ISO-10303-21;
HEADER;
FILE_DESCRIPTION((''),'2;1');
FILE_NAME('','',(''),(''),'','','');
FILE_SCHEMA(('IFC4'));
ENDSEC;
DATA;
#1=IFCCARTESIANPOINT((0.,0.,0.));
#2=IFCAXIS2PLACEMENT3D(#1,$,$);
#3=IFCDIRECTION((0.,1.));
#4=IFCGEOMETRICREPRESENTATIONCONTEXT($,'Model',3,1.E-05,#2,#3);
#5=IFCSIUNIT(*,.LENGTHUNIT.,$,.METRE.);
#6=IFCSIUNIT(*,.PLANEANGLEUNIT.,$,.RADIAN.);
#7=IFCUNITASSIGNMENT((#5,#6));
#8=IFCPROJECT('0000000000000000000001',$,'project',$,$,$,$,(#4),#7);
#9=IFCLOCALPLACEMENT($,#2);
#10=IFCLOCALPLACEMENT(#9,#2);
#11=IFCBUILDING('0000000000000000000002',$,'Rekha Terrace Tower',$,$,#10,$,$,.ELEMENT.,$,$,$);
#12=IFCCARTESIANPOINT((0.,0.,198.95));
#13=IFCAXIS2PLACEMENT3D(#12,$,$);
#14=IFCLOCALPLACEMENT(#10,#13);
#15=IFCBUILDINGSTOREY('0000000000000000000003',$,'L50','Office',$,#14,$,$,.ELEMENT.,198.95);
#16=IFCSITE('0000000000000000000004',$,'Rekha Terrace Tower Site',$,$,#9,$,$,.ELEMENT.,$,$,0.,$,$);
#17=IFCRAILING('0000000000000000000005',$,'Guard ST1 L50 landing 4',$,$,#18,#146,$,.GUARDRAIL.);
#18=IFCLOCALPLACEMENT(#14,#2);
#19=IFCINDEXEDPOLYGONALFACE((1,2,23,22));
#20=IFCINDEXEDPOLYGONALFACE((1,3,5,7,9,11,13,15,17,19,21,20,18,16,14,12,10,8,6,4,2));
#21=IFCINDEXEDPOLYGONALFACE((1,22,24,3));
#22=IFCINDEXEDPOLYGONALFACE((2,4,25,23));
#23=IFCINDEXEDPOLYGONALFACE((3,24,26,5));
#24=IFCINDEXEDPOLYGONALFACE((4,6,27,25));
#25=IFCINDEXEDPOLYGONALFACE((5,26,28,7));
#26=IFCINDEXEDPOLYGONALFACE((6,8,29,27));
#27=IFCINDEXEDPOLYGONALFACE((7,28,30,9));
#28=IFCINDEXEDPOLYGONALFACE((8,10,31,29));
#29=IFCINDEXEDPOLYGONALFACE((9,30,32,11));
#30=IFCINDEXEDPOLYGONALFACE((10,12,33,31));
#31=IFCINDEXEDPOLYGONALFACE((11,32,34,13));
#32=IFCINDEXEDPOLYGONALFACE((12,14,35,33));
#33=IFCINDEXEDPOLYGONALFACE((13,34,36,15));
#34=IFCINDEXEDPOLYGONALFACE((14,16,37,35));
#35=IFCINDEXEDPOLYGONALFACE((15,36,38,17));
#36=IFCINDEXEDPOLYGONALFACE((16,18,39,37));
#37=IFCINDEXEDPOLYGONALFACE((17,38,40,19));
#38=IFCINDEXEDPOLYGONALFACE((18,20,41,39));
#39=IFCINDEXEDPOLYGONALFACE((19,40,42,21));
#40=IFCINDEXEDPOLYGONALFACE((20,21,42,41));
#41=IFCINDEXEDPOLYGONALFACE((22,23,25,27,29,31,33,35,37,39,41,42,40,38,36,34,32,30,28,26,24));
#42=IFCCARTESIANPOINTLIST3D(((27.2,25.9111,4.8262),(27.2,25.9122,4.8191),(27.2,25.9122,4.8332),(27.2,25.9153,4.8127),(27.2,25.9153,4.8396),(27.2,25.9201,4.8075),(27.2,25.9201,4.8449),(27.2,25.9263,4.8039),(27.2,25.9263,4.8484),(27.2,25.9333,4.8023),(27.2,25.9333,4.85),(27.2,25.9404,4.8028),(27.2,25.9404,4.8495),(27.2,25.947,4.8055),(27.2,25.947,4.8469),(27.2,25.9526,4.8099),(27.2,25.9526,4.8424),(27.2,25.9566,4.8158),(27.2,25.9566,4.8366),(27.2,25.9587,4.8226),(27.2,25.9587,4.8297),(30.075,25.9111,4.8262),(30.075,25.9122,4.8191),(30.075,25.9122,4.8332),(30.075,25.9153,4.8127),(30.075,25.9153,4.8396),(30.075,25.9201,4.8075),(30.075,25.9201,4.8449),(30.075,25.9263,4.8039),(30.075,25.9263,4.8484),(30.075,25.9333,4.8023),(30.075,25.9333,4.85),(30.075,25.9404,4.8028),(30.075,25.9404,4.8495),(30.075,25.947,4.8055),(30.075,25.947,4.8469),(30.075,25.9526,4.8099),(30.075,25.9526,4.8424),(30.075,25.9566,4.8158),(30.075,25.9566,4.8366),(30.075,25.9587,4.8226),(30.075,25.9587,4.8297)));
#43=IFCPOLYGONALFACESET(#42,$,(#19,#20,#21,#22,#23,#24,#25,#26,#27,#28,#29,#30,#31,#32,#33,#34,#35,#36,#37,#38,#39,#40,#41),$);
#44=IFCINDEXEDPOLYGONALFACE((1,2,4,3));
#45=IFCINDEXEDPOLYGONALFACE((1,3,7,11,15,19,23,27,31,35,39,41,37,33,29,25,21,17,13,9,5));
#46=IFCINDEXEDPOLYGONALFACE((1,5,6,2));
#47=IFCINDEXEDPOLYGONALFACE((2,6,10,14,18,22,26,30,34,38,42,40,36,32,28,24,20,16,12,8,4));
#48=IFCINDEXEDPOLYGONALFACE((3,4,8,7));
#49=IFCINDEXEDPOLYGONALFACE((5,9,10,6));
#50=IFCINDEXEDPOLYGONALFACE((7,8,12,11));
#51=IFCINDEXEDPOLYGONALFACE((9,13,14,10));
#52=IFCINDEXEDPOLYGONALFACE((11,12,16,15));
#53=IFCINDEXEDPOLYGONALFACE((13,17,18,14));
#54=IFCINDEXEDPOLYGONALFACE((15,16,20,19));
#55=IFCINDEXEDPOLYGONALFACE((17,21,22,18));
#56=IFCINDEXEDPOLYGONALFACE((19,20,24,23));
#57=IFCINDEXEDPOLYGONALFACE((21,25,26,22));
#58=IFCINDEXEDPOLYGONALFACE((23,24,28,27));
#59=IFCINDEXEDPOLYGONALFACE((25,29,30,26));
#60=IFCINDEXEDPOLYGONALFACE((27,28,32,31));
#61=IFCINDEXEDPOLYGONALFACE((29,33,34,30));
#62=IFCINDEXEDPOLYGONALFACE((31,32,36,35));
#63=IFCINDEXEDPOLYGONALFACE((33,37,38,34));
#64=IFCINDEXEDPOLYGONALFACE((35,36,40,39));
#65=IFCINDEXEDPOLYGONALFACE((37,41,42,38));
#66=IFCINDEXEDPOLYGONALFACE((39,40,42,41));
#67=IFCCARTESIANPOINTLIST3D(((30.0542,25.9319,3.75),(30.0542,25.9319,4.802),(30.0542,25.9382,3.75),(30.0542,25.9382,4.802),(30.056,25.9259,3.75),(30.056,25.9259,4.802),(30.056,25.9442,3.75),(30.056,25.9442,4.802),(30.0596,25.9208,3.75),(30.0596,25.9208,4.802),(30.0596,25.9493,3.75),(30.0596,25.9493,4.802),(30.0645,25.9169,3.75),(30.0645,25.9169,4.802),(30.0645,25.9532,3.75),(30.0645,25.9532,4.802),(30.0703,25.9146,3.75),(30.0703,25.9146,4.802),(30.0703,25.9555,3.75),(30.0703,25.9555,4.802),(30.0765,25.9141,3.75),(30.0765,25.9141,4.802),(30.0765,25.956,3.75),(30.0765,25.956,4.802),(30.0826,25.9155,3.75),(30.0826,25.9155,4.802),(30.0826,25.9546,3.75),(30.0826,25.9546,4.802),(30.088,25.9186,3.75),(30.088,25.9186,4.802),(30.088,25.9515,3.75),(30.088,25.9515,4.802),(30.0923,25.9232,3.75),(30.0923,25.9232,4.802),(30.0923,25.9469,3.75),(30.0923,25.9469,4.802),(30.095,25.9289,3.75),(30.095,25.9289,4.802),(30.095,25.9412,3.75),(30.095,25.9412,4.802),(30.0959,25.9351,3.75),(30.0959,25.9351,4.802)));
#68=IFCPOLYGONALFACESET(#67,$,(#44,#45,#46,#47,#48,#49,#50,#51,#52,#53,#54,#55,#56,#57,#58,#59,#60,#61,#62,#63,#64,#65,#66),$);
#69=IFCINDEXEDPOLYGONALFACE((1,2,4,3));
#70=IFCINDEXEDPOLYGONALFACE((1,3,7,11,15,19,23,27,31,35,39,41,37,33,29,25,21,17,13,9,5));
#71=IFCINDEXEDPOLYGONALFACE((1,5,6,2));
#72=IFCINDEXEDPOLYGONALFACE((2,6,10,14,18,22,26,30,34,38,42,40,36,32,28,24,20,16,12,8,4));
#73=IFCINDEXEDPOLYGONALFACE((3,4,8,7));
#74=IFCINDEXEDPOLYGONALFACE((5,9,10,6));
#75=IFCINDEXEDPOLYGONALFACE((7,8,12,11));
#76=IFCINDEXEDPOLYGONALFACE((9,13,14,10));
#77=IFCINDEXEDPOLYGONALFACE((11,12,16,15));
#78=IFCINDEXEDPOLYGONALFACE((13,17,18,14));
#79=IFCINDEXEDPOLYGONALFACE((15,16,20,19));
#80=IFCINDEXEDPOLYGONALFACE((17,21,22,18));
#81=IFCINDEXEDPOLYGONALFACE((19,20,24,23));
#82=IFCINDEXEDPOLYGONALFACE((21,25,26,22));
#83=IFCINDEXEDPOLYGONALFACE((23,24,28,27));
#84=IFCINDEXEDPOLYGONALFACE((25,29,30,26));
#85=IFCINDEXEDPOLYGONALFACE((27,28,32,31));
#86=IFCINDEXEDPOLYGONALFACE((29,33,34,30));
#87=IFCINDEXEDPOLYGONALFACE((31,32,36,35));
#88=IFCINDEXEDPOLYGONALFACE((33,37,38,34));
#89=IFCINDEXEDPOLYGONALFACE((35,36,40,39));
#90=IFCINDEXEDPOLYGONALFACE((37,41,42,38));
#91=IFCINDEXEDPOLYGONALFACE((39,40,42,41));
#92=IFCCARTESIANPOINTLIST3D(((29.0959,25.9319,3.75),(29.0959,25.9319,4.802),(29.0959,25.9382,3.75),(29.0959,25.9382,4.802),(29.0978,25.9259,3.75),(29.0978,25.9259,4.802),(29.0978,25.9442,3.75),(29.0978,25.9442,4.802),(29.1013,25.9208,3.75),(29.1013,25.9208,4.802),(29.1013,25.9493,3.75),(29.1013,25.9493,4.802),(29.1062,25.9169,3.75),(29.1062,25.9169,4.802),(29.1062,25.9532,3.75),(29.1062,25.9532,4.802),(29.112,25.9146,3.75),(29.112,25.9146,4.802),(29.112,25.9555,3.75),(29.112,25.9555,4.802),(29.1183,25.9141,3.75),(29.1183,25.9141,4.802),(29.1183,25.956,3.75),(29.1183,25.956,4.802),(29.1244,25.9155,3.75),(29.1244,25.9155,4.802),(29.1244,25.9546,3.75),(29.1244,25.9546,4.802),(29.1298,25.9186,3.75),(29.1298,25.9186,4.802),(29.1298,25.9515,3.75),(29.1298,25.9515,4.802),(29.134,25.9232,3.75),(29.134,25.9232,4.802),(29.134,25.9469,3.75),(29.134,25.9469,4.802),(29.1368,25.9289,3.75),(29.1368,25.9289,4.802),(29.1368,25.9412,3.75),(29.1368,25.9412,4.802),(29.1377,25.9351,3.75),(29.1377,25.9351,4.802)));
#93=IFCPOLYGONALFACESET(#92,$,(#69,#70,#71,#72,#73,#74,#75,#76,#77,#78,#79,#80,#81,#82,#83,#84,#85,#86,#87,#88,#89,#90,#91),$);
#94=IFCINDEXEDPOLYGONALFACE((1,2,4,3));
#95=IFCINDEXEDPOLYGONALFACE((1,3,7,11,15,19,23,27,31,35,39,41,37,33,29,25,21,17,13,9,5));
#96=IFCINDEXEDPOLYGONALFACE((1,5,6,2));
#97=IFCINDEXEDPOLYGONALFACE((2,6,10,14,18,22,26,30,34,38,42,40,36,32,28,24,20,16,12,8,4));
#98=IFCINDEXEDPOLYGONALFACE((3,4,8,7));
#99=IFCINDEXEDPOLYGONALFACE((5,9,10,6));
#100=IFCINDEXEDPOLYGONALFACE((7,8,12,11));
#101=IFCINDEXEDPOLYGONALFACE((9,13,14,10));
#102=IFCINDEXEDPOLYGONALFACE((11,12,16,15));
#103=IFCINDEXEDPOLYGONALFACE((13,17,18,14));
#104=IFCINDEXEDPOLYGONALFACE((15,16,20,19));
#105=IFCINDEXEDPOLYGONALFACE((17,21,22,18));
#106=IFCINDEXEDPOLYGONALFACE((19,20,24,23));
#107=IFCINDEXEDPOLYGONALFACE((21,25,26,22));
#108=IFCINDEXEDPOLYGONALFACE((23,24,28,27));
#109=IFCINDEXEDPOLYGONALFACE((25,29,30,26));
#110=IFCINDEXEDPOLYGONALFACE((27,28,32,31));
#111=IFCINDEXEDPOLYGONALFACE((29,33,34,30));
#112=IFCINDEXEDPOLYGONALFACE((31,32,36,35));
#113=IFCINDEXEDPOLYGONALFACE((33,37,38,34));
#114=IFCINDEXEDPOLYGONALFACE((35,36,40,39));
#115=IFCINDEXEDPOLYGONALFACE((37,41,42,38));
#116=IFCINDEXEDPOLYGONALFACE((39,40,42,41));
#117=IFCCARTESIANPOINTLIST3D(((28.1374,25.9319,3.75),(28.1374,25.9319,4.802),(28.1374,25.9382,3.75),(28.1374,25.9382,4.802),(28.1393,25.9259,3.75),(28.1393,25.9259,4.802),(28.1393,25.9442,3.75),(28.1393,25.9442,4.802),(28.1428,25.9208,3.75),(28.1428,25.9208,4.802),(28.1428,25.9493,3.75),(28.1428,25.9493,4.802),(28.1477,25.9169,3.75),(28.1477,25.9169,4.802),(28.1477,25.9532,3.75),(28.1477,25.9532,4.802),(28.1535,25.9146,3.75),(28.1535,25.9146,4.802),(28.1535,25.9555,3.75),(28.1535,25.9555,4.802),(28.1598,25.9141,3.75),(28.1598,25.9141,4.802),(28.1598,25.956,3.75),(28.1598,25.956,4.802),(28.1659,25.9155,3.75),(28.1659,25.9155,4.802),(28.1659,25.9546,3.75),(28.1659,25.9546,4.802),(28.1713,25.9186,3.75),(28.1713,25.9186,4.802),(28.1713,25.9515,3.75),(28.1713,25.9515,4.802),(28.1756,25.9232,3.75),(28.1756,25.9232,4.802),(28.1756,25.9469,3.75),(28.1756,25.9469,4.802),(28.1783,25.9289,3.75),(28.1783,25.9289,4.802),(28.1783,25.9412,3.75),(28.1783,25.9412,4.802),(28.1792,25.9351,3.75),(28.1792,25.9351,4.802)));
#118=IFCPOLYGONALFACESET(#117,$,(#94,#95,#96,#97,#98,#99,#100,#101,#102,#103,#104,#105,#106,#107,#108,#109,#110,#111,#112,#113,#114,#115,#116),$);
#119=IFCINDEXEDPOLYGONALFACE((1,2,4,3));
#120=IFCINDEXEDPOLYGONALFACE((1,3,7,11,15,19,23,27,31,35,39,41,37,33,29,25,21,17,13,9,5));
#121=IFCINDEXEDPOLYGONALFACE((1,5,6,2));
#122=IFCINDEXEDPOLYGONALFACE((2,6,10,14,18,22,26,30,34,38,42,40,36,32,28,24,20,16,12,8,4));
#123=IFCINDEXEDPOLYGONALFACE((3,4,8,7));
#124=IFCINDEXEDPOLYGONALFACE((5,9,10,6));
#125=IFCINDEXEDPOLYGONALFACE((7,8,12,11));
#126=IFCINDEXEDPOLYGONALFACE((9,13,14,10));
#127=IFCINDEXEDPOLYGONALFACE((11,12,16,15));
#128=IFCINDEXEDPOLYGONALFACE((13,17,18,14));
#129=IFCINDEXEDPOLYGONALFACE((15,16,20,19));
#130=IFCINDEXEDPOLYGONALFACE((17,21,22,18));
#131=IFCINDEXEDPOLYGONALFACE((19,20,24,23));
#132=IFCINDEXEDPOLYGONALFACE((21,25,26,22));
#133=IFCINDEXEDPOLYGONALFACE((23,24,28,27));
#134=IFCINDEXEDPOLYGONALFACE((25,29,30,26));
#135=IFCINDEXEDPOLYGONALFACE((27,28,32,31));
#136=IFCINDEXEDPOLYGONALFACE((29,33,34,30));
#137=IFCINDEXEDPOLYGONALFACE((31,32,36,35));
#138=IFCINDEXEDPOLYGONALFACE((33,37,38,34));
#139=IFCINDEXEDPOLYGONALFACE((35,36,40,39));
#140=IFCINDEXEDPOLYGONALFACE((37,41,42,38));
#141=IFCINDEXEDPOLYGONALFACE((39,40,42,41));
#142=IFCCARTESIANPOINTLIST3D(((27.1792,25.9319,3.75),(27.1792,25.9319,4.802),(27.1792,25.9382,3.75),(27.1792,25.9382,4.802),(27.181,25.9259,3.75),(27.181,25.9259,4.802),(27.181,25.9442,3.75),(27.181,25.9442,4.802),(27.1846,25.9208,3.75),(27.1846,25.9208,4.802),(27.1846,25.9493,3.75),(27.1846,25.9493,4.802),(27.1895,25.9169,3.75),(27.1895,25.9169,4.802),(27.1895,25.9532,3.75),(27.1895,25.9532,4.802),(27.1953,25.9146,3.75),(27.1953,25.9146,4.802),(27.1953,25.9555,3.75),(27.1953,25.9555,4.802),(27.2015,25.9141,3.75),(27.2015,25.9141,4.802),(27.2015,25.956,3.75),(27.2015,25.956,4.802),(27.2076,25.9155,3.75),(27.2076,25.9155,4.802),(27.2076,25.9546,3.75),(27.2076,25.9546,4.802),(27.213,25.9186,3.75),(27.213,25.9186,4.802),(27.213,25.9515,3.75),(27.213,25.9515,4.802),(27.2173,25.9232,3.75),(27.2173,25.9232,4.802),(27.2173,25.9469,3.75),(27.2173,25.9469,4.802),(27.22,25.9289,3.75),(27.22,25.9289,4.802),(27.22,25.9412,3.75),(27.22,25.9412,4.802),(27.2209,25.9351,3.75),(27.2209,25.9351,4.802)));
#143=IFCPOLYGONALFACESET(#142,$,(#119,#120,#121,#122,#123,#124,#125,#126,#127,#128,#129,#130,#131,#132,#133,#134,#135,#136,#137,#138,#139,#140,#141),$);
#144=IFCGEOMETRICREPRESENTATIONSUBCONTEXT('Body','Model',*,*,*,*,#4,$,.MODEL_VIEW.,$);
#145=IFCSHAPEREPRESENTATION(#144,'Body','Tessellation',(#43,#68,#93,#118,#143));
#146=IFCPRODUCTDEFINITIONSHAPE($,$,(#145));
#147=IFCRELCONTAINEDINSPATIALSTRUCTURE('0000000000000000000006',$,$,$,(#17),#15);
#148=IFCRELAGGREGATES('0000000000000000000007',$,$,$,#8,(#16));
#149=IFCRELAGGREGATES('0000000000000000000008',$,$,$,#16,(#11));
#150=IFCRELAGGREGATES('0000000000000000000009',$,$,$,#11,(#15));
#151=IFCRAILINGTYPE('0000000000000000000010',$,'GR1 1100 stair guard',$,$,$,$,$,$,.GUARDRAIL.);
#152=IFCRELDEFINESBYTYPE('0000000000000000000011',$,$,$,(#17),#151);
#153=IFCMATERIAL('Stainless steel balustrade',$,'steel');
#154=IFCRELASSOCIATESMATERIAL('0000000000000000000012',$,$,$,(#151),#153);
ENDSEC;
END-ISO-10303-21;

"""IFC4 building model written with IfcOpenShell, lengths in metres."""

from ifc_helpers import new_model, si_unit, direction, frame, origin, origin_2d, place, context, subcontext, project, spatial, circle, extrude, material, type_object, element, save


model = new_model("IFC4")

# Units and contexts
model_context = context("Model", 3, precision=1e-05, world=origin(), true_north=direction((0.0, 1.0)))
body_context = subcontext(model_context, "Body", "Model", "MODEL_VIEW")
ifc_project = project(units=[si_unit("LENGTHUNIT", "METRE"), si_unit("PLANEANGLEUNIT", "RADIAN")], contexts=[model_context])

# Site, building, storey
site_placement = place(None, origin())
site = spatial("IfcSite", under=ifc_project, at=site_placement, Name="Rekha Terrace Tower Site", CompositionType="ELEMENT", RefElevation=0.0)
building_placement = place(site_placement, origin())
building = spatial("IfcBuilding", under=site, at=building_placement, Name="Rekha Terrace Tower", CompositionType="ELEMENT")
storey_placement = place(building_placement, frame((0.0, 0.0, 198.95)))
storey = spatial("IfcBuildingStorey", under=building, at=storey_placement, Name="L50", Description="Office", CompositionType="ELEMENT", Elevation=198.95)

# Railing
ifc_material_1 = material(Name="Stainless steel balustrade", Category="steel")
railing_type_1 = type_object("IfcRailingType", Name="GR1 1100 stair guard", PredefinedType="GUARDRAIL", material=ifc_material_1)
railing_1_placement = place(storey_placement, frame((30.075, 25.9351, 3.75)))
element("IfcRailing", 1, at=railing_1_placement, inside=storey, type_object=railing_type_1, Name="Guard ST1 L50 landing 4", PredefinedType="GUARDRAIL", context=body_context, shape_type="SweptSolid", body=[
    extrude(circle(Radius=0.0239, at=origin_2d()), frame((0.0, 0.0, 1.0762), z_axis=(-1.0, 0.0, 0.0), x_axis=(0.0, -1.0, 0.0)), (0.0, 0.0, 1.0), 2.875),
    extrude(circle(Radius=0.021, at=origin_2d()), origin(), (0.0, 0.0, 1.0), 1.052),
    extrude(circle(Radius=0.021, at=origin_2d()), frame((-0.9583, 0.0, 0.0)), (0.0, 0.0, 1.0), 1.052),
    extrude(circle(Radius=0.021, at=origin_2d()), frame((-1.9167, 0.0, 0.0)), (0.0, 0.0, 1.0), 1.052),
    extrude(circle(Radius=0.021, at=origin_2d()), frame((-2.875, 0.0, 0.0)), (0.0, 0.0, 1.0), 1.052),
])

save(model, "model.ifc")
